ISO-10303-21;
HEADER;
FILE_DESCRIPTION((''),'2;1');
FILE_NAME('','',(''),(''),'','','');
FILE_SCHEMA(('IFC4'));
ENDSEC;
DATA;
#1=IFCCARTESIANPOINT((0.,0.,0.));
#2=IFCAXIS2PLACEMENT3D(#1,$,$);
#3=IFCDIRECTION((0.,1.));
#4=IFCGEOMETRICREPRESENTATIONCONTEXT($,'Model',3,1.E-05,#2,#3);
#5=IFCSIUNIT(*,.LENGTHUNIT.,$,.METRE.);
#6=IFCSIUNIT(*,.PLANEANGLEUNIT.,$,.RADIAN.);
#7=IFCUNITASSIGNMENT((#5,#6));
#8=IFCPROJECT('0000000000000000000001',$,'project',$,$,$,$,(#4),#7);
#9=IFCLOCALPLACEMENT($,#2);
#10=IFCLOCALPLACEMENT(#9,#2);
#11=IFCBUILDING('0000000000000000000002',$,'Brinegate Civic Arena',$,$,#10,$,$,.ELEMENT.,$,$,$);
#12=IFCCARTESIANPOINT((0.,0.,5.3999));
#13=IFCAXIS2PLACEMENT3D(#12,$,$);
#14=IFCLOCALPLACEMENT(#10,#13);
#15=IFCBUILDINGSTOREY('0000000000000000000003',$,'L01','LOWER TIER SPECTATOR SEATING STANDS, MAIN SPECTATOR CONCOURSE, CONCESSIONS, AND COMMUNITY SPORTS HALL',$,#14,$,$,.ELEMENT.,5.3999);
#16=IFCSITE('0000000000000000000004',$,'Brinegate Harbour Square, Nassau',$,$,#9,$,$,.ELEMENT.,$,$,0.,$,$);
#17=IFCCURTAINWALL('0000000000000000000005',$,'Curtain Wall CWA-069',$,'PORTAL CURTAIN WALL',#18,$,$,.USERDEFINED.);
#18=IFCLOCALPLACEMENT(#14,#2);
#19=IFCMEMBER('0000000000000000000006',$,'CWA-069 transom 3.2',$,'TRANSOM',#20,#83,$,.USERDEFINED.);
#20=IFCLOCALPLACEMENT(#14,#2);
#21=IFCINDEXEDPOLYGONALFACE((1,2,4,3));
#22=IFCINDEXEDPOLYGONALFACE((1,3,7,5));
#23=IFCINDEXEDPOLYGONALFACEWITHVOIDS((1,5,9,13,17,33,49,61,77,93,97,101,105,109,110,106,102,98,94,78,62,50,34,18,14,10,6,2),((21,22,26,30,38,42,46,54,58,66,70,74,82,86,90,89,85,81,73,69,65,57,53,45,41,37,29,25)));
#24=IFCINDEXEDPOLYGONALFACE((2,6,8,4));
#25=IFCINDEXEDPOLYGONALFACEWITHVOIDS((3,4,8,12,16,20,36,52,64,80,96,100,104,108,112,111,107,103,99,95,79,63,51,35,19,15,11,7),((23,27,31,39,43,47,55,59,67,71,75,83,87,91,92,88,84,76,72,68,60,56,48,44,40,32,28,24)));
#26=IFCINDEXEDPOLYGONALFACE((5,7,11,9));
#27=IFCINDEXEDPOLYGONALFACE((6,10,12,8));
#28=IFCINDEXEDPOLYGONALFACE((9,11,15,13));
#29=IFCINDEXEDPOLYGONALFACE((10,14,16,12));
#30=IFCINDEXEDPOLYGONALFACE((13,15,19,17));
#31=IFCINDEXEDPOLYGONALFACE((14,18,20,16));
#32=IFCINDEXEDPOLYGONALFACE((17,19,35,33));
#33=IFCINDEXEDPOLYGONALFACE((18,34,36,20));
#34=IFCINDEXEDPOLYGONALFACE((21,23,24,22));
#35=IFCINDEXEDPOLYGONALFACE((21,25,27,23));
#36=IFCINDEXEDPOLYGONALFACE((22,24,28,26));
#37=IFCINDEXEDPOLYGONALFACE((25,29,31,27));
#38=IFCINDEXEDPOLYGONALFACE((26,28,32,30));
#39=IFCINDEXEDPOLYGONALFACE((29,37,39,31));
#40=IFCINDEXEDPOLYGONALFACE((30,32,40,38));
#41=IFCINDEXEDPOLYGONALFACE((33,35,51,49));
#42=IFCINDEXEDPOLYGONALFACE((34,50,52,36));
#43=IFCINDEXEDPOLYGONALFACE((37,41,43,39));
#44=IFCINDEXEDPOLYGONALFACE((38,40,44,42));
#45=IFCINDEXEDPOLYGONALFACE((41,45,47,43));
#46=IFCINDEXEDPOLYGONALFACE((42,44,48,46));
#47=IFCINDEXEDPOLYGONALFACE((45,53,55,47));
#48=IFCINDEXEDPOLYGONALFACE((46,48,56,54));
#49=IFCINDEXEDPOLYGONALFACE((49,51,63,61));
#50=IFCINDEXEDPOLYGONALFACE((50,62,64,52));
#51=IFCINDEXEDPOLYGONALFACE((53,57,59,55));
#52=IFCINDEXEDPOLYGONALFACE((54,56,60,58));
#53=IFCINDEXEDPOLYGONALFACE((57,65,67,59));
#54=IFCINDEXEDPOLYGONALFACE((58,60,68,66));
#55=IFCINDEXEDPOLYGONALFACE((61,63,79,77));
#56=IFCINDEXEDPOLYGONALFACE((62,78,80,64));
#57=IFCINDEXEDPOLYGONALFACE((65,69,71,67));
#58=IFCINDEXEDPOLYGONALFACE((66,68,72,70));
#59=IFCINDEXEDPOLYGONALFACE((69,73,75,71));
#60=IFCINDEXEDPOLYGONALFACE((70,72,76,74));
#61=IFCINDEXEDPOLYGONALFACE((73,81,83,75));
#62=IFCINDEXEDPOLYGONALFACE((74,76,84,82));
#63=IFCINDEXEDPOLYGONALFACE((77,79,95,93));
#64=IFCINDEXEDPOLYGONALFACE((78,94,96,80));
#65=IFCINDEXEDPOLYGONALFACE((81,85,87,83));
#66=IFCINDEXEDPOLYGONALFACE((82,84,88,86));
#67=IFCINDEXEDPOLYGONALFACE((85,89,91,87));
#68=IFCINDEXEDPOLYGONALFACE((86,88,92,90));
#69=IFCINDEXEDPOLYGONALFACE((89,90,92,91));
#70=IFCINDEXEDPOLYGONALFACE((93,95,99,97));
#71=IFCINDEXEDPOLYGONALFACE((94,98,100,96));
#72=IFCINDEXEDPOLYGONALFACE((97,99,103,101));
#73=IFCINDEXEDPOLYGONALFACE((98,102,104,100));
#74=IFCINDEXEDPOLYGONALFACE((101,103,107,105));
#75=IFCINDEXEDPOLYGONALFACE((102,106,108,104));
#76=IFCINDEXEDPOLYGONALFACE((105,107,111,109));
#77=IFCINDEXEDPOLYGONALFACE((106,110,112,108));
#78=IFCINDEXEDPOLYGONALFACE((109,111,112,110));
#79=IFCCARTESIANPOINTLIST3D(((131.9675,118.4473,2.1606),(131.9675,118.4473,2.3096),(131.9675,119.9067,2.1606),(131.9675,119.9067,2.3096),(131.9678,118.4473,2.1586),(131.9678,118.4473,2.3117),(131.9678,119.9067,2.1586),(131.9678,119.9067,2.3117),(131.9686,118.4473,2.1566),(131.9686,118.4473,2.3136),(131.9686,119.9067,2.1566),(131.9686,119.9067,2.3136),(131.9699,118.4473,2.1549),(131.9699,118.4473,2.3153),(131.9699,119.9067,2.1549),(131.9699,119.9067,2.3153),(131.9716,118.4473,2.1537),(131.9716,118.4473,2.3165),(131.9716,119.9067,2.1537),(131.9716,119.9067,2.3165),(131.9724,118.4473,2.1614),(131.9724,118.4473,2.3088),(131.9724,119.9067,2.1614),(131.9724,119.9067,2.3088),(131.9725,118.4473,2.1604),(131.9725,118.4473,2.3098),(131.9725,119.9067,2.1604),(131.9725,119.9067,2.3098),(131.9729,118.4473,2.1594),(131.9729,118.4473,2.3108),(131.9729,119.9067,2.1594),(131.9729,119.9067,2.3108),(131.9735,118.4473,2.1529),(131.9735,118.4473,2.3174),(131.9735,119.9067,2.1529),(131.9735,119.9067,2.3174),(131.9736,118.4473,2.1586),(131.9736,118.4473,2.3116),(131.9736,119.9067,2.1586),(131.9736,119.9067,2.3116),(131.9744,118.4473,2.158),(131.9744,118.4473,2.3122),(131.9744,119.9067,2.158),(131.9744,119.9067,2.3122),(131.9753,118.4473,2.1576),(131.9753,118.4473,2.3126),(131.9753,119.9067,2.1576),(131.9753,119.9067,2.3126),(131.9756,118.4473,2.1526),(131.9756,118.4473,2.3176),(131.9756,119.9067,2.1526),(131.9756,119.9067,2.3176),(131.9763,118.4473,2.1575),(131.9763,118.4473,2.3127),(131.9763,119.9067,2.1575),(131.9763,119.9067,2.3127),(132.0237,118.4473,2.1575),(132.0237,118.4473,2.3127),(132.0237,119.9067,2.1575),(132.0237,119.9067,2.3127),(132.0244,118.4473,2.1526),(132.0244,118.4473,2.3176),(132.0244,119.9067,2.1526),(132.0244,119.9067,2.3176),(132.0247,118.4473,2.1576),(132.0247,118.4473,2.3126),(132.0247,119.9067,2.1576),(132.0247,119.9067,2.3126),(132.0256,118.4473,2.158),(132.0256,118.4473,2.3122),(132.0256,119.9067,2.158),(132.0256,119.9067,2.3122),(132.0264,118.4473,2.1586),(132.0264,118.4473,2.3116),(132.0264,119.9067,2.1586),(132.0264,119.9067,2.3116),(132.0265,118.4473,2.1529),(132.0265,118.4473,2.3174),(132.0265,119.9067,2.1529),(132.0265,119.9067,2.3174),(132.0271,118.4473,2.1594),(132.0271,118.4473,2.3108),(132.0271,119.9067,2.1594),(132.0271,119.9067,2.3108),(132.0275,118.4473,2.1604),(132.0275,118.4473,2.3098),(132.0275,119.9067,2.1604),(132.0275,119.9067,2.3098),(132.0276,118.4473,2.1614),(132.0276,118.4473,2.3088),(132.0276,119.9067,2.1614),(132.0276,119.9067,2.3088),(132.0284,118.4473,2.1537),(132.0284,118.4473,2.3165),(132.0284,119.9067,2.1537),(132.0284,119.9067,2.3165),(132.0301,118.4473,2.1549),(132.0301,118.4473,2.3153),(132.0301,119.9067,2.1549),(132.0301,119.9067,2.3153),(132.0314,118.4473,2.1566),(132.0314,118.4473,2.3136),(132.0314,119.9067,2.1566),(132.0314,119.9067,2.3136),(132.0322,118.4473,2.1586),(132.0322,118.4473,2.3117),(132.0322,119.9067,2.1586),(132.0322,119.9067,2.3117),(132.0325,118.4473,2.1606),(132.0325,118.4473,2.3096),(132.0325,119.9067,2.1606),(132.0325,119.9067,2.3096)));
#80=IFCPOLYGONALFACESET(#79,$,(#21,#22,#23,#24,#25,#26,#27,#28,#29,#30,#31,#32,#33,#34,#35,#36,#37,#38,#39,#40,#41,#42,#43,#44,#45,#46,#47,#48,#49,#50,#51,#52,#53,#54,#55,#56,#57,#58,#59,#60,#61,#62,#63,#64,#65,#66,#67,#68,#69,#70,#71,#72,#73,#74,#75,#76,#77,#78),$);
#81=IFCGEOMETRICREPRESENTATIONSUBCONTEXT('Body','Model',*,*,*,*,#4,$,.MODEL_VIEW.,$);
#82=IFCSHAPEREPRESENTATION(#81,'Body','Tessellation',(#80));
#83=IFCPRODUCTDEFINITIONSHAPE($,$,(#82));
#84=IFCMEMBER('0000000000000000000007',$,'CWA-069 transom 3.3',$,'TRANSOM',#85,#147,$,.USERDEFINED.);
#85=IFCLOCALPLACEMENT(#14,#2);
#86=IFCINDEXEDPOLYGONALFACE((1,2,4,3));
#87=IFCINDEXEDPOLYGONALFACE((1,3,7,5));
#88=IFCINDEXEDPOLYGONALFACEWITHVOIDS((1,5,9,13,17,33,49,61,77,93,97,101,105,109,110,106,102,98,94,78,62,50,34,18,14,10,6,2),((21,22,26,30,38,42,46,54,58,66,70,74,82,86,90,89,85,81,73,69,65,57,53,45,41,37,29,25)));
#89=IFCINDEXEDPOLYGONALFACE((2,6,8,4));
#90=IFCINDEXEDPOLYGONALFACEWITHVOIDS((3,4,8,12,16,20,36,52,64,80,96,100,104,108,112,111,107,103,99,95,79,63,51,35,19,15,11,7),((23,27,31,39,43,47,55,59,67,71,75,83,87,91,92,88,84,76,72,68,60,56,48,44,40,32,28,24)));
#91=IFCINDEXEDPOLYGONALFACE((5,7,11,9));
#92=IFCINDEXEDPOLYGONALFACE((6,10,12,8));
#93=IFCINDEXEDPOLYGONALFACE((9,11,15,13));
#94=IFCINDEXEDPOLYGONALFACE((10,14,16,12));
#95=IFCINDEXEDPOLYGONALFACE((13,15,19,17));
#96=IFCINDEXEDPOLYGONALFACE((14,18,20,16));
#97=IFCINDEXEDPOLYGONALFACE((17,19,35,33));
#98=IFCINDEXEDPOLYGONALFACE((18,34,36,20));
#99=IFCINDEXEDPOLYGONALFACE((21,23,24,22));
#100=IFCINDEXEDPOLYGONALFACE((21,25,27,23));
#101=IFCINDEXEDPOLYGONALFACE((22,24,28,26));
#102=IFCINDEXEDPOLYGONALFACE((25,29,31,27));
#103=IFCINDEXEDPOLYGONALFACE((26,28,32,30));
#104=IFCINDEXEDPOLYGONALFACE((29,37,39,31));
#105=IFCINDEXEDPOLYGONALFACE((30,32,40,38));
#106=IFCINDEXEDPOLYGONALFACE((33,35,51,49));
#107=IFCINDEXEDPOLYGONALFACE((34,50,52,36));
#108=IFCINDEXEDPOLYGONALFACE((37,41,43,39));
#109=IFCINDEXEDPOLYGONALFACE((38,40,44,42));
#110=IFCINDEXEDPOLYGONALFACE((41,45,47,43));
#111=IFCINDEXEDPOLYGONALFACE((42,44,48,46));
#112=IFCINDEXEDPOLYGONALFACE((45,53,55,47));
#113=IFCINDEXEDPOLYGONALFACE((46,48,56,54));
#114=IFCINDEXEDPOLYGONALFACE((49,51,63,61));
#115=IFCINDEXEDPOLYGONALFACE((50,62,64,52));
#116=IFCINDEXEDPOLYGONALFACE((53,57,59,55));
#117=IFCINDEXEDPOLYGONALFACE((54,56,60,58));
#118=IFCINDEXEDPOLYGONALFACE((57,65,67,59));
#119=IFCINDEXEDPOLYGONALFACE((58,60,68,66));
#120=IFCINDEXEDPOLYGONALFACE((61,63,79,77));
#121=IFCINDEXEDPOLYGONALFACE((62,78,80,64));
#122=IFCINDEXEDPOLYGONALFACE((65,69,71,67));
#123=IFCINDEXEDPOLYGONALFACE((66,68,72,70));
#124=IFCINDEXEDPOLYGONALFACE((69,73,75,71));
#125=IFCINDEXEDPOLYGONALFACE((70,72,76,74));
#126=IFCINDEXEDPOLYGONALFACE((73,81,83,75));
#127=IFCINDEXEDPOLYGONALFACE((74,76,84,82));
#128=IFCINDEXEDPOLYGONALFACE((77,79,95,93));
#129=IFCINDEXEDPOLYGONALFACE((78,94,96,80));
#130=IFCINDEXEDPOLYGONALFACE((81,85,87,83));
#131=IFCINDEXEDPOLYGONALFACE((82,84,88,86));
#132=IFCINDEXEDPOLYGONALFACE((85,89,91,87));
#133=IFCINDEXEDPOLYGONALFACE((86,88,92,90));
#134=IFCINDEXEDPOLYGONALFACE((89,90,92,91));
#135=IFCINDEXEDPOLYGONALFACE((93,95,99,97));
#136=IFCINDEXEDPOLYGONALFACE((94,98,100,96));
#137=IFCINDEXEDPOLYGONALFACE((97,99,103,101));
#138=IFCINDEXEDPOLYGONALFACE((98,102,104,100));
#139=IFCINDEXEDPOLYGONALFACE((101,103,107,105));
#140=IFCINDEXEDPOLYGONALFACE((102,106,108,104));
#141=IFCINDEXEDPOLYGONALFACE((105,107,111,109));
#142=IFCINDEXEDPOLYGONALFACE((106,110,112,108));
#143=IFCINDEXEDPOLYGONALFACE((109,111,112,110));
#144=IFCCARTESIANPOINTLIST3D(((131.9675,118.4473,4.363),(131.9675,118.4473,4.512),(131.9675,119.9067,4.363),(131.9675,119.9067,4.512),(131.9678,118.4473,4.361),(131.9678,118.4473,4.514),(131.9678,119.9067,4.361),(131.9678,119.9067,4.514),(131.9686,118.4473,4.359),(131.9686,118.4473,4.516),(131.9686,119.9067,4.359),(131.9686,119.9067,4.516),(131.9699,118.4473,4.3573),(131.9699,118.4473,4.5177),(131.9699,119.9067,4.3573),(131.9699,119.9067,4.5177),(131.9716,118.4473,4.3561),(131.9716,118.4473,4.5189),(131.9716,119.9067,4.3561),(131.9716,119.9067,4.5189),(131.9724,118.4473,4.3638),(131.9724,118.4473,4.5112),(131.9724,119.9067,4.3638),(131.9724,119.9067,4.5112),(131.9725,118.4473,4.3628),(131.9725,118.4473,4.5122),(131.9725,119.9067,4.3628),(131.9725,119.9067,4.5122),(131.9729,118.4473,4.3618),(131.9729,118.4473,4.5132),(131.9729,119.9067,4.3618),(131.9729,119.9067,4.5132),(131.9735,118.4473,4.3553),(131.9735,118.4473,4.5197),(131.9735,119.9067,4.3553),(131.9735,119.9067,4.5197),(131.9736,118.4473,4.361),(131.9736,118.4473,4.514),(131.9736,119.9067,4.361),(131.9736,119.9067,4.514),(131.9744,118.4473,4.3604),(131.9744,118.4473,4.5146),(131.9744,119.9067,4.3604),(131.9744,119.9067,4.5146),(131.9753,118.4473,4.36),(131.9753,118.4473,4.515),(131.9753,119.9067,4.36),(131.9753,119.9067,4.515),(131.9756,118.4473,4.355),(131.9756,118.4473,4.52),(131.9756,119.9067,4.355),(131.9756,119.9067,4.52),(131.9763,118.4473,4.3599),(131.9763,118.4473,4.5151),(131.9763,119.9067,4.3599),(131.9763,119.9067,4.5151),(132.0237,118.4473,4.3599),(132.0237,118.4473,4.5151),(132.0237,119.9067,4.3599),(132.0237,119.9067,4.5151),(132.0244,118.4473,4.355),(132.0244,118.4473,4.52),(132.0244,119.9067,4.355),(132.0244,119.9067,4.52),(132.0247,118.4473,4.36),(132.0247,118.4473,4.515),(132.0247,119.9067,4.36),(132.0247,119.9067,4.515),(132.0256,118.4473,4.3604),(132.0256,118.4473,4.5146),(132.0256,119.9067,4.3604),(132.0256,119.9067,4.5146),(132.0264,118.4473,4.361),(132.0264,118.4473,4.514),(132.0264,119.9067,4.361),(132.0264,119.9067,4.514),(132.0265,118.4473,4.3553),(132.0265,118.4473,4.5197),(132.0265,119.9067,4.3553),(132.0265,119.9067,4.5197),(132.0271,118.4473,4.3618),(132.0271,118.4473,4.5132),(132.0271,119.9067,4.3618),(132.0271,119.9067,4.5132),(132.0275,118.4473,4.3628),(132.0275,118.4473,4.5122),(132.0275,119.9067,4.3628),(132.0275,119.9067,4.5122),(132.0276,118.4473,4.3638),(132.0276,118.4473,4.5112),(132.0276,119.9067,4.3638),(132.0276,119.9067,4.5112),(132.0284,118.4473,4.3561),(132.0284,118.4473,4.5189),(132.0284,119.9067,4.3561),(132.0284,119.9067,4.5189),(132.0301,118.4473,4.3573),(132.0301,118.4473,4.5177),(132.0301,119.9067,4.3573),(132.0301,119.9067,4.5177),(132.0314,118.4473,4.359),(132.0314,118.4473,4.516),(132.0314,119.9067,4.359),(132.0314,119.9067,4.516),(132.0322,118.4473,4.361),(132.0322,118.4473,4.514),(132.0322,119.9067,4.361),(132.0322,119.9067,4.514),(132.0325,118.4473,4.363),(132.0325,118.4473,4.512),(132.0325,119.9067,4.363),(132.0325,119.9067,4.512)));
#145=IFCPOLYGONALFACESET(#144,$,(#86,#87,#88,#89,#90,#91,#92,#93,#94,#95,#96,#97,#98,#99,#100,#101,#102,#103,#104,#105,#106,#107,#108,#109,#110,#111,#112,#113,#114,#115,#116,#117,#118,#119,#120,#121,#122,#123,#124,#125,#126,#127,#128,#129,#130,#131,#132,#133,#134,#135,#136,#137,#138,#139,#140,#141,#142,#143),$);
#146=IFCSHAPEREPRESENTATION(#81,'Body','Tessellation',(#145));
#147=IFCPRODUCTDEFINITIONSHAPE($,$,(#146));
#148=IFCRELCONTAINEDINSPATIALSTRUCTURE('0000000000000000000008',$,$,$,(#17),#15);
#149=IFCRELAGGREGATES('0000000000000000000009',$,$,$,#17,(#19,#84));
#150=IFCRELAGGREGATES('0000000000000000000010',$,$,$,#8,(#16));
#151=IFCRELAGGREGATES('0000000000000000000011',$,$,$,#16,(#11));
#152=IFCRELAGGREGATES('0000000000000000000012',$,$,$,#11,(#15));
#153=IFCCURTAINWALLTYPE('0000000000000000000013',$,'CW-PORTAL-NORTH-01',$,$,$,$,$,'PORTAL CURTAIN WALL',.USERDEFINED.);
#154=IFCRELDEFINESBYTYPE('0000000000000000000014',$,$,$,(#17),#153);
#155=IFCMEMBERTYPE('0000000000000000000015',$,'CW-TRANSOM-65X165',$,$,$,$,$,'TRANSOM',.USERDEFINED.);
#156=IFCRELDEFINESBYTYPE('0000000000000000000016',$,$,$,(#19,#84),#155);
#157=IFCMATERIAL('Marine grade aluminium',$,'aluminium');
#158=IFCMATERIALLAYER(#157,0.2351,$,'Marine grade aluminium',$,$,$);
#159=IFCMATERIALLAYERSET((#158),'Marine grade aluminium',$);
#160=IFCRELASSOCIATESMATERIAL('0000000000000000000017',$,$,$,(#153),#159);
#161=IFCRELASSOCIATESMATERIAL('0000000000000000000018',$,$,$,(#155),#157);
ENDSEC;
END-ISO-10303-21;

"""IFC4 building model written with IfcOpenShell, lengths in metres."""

from ifc_helpers import new_model, si_unit, direction, frame, origin, origin_2d, place, context, subcontext, project, spatial, hollow_rectangle, extrude, material, layer, layer_set, material_profile, profile_set, type_object, element, aggregate, save


model = new_model("IFC4")

# Units and contexts
model_context = context("Model", 3, precision=1e-05, world=origin(), true_north=direction((0.0, 1.0)))
body_context = subcontext(model_context, "Body", "Model", "MODEL_VIEW")
ifc_project = project(units=[si_unit("LENGTHUNIT", "METRE"), si_unit("PLANEANGLEUNIT", "RADIAN")], contexts=[model_context])

# Site, building, storey
site_placement = place(None, origin())
site = spatial("IfcSite", under=ifc_project, at=site_placement, Name="Brinegate Harbour Square, Nassau", CompositionType="ELEMENT", RefElevation=0.0)
building_placement = place(site_placement, origin())
building = spatial("IfcBuilding", under=site, at=building_placement, Name="Brinegate Civic Arena", CompositionType="ELEMENT")
storey_placement = place(building_placement, frame((0.0, 0.0, 5.3999)))
storey = spatial("IfcBuildingStorey", under=building, at=storey_placement, Name="L01", Description="LOWER TIER SPECTATOR SEATING STANDS, MAIN SPECTATOR CONCOURSE, CONCESSIONS, AND COMMUNITY SPORTS HALL", CompositionType="ELEMENT", Elevation=5.3999)

# Curtain wall, members
ifc_material_1 = material(Name="Marine grade aluminium", Category="aluminium")
ifc_layer_1 = layer(ifc_material_1, 0.2351, Name="Marine grade aluminium")
ifc_layer_set_1 = layer_set([ifc_layer_1], Name="Marine grade aluminium")
curtain_wall_type = type_object("IfcCurtainWallType", Name="CW-PORTAL-NORTH-01", ElementType="PORTAL CURTAIN WALL", PredefinedType="USERDEFINED", material=ifc_layer_set_1)
curtain_wall_placement = place(storey_placement, origin())
curtain_wall = element("IfcCurtainWall", 1, at=curtain_wall_placement, inside=storey, type_object=curtain_wall_type, Name="Curtain Wall CWA-069", ObjectType="PORTAL CURTAIN WALL", PredefinedType="USERDEFINED")
ifc_material_profile_1 = material_profile(ifc_material_1, hollow_rectangle(XDim=0.0649, YDim=0.165, WallThickness=0.0049, InnerFilletRadius=0.0039, OuterFilletRadius=0.0081, at=origin_2d()), Name="TRN65X165")
ifc_profile_set_1 = profile_set([ifc_material_profile_1], Name="Marine grade aluminium")
member_type_1 = type_object("IfcMemberType", Name="CW-TRANSOM-65X165", ElementType="TRANSOM", PredefinedType="USERDEFINED", material=ifc_profile_set_1)
member_1_placement = place(storey_placement, frame((132.0, 118.4473, 2.2351), z_axis=(0.0, 1.0, 0.0), x_axis=(-1.0, 0.0, 0.0)))
member_1 = element("IfcMember", 2, at=member_1_placement, type_object=member_type_1, Name="CWA-069 transom 3.2", ObjectType="TRANSOM", PredefinedType="USERDEFINED", context=body_context, shape_type="SweptSolid", body=[
    extrude(hollow_rectangle(XDim=0.0649, YDim=0.165, WallThickness=0.0049, InnerFilletRadius=0.0039, OuterFilletRadius=0.0081, at=origin_2d()), origin(), (0.0, 0.0, 1.0), 1.4595),
])
member_2_placement = place(storey_placement, frame((132.0, 118.4473, 4.4375), z_axis=(0.0, 1.0, 0.0), x_axis=(-1.0, 0.0, 0.0)))
member_2 = element("IfcMember", 3, at=member_2_placement, type_object=member_type_1, Name="CWA-069 transom 3.3", ObjectType="TRANSOM", PredefinedType="USERDEFINED", context=body_context, shape_type="SweptSolid", body=[
    extrude(hollow_rectangle(XDim=0.0649, YDim=0.165, WallThickness=0.0049, InnerFilletRadius=0.0039, OuterFilletRadius=0.0081, at=origin_2d()), origin(), (0.0, 0.0, 1.0), 1.4595),
])
aggregate(curtain_wall, [member_1, member_2])

save(model, "model.ifc")
